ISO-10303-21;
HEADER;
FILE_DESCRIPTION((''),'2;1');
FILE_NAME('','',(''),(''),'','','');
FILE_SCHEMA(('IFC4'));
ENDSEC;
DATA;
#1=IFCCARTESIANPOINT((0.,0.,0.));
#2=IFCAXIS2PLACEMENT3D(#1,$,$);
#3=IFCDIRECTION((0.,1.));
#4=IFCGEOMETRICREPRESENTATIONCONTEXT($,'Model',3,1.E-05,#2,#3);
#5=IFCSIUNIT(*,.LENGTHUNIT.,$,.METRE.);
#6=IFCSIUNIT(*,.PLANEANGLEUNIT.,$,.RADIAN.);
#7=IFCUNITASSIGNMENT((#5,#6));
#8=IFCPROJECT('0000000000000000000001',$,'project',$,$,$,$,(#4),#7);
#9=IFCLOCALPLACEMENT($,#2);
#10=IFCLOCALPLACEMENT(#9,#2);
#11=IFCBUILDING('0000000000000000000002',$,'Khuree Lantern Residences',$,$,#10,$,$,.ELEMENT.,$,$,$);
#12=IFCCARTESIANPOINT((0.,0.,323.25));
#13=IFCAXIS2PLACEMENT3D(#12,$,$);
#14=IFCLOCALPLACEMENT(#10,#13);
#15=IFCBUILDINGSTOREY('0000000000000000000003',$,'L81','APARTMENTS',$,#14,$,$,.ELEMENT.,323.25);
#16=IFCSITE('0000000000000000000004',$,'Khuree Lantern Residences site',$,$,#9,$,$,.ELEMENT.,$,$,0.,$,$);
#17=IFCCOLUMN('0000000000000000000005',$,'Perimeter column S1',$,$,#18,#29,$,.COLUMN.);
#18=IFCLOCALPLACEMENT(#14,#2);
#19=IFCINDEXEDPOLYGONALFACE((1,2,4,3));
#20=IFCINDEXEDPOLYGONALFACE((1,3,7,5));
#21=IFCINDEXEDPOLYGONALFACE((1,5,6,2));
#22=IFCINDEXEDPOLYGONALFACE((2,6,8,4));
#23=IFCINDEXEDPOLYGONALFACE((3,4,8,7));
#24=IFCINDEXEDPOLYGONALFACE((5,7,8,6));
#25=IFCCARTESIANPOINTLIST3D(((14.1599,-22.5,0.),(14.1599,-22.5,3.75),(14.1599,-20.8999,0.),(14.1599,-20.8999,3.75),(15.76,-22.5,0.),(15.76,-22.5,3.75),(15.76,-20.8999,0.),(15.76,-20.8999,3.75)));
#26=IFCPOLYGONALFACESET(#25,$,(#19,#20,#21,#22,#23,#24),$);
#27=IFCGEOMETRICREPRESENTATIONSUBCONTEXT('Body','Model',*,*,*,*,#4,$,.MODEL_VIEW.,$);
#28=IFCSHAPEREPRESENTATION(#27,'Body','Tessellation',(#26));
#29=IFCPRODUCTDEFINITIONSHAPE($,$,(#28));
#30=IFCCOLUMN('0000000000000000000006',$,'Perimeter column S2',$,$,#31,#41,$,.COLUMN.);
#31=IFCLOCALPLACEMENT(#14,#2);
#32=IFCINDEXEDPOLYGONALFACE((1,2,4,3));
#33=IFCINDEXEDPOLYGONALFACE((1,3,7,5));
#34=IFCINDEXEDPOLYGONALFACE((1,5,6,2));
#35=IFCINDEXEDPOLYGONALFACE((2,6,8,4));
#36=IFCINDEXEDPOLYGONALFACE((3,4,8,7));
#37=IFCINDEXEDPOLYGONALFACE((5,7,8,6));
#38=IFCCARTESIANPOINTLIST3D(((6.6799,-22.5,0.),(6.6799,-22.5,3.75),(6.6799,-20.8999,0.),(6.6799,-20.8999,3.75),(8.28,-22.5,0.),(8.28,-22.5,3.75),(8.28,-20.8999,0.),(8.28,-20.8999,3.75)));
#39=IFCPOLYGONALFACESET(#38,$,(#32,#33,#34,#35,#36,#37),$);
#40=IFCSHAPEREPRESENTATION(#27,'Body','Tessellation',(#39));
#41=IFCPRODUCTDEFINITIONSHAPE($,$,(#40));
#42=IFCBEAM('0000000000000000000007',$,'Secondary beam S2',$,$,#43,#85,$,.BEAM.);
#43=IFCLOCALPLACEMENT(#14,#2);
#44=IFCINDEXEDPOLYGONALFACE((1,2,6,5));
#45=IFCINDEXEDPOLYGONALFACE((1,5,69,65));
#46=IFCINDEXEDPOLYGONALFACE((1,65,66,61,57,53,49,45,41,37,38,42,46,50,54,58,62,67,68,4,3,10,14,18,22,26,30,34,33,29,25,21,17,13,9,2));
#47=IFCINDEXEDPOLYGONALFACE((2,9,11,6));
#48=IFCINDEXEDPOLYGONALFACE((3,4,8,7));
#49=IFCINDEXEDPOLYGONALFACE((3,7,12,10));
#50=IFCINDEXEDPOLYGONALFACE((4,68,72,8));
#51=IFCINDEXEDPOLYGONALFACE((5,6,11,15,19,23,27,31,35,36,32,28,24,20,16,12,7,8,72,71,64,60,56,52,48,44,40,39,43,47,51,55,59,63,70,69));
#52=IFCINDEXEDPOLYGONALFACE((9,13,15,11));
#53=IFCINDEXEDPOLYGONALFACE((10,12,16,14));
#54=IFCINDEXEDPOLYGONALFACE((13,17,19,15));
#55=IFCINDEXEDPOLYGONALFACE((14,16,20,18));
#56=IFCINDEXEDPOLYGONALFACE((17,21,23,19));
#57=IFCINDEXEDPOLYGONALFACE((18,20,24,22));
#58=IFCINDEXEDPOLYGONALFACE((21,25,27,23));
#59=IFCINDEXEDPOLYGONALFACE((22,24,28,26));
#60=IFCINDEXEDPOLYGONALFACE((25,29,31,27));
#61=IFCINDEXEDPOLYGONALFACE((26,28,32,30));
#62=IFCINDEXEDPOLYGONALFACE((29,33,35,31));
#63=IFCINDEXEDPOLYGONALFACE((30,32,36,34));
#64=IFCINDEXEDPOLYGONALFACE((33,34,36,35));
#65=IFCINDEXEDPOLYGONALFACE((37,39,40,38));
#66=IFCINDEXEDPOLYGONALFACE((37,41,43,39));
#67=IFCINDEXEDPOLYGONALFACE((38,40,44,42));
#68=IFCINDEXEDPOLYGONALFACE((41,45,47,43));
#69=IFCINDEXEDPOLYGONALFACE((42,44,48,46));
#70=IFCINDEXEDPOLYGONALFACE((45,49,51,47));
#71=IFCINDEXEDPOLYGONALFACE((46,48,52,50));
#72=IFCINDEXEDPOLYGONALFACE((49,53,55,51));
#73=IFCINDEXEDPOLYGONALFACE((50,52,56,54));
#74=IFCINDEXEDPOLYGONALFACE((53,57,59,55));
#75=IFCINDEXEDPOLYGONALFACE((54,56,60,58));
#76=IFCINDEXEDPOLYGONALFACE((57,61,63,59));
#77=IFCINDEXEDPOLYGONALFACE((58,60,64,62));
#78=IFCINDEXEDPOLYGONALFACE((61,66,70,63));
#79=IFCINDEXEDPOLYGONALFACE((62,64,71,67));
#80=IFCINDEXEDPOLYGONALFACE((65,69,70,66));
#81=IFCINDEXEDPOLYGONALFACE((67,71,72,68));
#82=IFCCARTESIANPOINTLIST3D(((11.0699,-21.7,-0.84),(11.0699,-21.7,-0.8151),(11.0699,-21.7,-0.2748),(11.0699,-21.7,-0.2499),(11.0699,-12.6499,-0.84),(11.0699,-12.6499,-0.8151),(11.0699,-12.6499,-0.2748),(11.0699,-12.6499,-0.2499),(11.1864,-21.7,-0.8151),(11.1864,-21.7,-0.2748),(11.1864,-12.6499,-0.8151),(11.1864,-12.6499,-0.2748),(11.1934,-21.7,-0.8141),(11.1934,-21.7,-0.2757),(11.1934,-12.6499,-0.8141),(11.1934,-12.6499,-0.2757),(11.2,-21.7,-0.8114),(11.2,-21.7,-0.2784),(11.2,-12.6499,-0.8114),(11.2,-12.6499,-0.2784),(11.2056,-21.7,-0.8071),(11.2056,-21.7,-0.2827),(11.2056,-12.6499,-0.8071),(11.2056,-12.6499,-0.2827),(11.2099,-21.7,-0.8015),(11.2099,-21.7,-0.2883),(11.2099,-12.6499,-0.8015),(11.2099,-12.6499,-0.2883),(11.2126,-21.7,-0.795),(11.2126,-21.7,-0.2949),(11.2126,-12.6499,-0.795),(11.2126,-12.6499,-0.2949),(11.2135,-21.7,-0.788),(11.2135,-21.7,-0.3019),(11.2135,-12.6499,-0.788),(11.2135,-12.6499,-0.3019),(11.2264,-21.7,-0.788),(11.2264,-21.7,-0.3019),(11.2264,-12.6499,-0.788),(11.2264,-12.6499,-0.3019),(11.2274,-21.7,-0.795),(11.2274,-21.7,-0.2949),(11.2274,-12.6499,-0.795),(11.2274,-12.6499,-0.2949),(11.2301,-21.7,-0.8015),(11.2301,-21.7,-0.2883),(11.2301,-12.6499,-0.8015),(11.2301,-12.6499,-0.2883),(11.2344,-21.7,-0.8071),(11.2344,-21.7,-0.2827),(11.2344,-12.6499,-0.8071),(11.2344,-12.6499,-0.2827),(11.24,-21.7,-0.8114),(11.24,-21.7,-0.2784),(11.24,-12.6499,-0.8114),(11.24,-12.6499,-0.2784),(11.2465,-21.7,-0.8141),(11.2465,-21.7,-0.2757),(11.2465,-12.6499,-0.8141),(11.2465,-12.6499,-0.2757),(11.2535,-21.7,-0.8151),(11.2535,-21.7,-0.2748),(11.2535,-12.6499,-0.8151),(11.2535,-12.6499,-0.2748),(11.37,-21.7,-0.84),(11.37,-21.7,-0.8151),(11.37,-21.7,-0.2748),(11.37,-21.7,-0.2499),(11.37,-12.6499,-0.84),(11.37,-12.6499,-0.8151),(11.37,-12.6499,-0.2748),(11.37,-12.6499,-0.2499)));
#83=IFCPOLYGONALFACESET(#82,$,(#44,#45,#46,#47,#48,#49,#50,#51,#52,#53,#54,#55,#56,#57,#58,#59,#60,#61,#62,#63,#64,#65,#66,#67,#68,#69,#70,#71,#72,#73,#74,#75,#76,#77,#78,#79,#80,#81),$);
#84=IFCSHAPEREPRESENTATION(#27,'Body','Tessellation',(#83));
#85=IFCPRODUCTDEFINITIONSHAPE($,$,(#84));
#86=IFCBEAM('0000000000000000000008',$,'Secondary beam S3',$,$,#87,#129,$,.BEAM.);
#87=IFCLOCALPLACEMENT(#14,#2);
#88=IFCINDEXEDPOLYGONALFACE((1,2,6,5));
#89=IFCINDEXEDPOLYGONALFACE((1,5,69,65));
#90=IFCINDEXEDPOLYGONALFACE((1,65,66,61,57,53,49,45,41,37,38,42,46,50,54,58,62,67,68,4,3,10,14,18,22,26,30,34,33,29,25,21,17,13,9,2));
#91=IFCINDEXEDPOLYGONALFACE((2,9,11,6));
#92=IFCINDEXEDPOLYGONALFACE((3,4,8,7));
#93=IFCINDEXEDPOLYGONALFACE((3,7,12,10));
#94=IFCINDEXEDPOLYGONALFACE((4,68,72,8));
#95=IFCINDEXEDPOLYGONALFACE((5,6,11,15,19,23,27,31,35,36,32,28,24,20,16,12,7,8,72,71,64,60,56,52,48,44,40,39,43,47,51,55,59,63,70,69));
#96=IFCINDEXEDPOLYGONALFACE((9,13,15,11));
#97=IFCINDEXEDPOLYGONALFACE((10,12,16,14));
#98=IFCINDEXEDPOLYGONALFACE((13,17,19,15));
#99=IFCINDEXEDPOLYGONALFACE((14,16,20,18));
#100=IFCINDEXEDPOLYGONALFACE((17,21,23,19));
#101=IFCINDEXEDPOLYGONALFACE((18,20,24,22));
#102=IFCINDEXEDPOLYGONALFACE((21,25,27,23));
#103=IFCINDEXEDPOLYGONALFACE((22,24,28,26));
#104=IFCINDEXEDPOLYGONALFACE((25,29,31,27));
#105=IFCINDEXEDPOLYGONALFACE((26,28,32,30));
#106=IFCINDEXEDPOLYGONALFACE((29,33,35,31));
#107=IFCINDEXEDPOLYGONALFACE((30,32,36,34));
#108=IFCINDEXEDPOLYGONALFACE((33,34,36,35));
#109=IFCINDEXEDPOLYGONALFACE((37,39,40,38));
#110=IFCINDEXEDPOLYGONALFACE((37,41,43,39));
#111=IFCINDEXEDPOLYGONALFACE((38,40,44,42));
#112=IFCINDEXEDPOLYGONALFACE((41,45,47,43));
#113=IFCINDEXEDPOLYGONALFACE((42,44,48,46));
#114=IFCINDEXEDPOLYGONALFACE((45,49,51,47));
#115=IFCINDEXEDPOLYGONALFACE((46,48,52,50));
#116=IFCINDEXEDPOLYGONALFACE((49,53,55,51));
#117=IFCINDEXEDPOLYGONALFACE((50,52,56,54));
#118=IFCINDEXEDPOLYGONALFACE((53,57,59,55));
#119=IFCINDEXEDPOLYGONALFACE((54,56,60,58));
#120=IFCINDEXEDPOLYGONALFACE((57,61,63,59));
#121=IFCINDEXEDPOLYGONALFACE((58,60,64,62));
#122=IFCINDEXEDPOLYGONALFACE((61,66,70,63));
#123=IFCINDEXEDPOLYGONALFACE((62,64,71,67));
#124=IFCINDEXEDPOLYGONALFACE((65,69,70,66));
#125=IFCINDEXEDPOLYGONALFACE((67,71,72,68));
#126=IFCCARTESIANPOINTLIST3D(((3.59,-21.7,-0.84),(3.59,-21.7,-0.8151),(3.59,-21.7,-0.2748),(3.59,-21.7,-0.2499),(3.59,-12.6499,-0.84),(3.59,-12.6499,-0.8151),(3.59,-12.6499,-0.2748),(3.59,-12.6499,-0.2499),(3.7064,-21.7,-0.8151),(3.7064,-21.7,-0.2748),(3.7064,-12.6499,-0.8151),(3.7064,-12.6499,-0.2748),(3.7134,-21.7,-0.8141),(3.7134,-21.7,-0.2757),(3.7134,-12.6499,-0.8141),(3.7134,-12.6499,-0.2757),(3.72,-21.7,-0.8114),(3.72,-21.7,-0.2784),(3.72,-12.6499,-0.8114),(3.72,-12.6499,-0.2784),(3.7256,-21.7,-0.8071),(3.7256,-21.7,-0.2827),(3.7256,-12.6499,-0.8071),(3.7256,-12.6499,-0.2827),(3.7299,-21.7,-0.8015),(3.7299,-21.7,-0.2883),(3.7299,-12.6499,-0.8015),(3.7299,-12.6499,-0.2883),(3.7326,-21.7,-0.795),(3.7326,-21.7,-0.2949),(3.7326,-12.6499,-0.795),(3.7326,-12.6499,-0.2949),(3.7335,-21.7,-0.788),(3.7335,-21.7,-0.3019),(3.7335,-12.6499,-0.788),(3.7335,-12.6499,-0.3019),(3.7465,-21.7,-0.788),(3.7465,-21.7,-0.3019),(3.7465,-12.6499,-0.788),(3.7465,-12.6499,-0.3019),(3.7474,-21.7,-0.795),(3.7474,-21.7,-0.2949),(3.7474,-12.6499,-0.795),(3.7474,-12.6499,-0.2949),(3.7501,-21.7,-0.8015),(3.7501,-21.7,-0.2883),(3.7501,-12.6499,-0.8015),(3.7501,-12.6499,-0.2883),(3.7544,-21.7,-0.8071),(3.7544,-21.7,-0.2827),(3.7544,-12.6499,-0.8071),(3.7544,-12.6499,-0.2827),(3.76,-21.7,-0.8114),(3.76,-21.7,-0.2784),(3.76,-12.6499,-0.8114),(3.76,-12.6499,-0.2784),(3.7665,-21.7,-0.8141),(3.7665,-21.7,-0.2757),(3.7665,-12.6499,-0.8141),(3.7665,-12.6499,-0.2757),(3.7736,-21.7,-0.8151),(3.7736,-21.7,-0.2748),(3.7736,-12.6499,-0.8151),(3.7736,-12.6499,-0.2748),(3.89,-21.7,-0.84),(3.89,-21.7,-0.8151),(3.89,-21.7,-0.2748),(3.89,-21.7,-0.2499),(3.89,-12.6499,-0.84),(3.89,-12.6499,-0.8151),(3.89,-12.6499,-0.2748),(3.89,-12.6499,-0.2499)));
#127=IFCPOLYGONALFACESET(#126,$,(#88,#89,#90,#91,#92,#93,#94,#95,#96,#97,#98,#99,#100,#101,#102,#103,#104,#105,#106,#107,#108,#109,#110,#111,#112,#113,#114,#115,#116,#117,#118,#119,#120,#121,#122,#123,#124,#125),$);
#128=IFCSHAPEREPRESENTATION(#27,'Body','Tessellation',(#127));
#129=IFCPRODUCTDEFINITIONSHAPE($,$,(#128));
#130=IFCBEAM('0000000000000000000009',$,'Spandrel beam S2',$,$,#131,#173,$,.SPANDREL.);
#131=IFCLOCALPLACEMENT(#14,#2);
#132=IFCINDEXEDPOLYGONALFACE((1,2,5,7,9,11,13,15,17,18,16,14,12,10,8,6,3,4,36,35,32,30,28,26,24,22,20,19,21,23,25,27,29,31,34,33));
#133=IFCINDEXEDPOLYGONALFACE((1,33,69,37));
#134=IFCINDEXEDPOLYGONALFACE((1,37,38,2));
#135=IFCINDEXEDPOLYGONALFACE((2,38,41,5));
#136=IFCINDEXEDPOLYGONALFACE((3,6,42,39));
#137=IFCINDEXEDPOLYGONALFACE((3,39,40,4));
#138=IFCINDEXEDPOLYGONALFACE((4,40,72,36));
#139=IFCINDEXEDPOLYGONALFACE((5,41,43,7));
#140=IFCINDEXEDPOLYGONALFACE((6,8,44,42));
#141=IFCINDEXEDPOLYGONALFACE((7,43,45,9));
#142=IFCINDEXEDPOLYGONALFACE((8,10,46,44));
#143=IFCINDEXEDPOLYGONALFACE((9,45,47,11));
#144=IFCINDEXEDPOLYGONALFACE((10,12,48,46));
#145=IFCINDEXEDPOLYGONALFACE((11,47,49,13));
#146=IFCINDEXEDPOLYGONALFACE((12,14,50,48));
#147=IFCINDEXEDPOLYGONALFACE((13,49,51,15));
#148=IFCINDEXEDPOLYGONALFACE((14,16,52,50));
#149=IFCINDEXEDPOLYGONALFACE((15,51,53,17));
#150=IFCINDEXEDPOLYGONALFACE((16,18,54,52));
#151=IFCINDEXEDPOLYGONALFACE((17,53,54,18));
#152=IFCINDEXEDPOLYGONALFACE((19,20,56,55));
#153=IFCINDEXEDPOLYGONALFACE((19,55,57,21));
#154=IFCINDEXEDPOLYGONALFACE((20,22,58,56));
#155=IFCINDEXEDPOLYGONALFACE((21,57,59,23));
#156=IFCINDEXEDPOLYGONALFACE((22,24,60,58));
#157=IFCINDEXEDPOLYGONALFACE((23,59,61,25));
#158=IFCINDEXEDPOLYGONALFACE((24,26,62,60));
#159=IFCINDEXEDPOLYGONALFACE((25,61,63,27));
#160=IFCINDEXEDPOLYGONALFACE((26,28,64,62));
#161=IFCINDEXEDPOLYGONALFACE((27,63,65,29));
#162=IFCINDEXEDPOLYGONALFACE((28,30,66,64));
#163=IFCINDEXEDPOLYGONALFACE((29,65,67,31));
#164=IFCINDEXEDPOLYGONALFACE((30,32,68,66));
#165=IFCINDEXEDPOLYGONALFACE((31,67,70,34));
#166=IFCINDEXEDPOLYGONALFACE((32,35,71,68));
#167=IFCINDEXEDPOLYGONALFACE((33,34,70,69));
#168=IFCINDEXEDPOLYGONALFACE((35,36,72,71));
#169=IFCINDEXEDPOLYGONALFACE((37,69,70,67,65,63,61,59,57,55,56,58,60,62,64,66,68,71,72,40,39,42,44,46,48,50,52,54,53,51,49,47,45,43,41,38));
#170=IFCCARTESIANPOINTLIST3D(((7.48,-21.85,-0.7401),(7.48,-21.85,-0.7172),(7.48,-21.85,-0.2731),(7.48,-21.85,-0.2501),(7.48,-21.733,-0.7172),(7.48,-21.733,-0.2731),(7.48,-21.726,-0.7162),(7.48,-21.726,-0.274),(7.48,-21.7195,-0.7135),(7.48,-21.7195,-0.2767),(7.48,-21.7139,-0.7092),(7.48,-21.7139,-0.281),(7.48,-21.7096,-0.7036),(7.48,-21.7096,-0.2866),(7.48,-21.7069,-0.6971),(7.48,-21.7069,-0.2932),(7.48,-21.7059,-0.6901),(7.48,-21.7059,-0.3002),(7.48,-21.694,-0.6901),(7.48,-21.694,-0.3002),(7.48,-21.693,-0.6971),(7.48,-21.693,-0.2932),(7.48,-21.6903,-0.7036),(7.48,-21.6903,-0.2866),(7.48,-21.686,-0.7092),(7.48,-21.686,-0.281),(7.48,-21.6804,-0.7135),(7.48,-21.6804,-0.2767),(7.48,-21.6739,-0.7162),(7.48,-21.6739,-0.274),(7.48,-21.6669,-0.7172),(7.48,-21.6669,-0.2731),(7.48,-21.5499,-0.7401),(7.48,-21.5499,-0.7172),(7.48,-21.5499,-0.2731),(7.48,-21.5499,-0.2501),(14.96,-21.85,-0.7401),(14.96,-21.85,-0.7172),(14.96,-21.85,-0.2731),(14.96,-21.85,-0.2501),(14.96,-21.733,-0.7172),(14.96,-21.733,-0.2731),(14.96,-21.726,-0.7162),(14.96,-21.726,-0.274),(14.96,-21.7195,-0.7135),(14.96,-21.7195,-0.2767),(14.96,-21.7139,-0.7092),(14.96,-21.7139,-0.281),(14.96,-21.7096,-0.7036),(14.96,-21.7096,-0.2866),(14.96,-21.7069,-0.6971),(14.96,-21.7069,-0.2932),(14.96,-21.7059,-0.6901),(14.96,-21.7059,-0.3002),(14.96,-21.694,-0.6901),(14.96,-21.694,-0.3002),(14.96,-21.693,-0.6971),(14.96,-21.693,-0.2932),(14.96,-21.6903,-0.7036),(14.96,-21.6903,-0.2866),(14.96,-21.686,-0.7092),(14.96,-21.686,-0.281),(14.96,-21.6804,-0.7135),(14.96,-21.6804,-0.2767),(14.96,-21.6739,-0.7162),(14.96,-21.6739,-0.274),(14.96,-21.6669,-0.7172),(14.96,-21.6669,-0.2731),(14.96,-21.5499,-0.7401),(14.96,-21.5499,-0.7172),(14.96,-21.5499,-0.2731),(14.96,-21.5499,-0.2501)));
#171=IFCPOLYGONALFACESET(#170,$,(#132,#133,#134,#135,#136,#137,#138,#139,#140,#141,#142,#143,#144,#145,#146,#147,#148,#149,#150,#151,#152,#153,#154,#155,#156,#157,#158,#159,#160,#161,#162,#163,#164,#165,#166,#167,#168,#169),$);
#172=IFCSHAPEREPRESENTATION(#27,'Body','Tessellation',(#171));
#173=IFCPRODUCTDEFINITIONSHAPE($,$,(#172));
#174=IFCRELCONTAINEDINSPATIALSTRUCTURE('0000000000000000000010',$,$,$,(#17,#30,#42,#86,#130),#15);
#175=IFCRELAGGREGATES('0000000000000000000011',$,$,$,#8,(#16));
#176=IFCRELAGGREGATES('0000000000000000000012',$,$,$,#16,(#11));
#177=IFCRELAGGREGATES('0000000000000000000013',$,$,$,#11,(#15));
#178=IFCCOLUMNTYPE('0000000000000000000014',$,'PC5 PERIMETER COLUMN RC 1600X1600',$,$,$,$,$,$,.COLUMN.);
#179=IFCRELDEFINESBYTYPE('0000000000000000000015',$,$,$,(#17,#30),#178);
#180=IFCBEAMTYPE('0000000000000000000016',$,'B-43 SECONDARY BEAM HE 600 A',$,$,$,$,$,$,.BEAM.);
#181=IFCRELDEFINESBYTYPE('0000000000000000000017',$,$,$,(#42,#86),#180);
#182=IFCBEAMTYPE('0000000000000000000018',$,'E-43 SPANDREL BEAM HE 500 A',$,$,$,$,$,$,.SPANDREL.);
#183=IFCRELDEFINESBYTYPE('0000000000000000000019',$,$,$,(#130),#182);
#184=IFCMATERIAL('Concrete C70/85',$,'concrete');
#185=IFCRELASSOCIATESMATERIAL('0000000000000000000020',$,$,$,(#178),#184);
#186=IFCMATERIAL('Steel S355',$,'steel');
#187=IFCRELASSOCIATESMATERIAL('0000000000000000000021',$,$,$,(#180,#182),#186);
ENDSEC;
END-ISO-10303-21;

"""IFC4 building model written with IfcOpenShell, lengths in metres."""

from ifc_helpers import new_model, si_unit, direction, frame, origin, origin_2d, place, context, subcontext, project, spatial, rectangle, i_section, extrude, material, material_profile, profile_set, type_object, element, save


model = new_model("IFC4")

# Units and contexts
model_context = context("Model", 3, precision=1e-05, world=origin(), true_north=direction((0.0, 1.0)))
body_context = subcontext(model_context, "Body", "Model", "MODEL_VIEW")
ifc_project = project(units=[si_unit("LENGTHUNIT", "METRE"), si_unit("PLANEANGLEUNIT", "RADIAN")], contexts=[model_context])

# Site, building, storey
site_placement = place(None, origin())
site = spatial("IfcSite", under=ifc_project, at=site_placement, Name="Khuree Lantern Residences site", CompositionType="ELEMENT", RefElevation=0.0)
building_placement = place(site_placement, origin())
building = spatial("IfcBuilding", under=site, at=building_placement, Name="Khuree Lantern Residences", CompositionType="ELEMENT")
storey_placement = place(building_placement, frame((0.0, 0.0, 323.25)))
storey = spatial("IfcBuildingStorey", under=building, at=storey_placement, Name="L81", Description="APARTMENTS", CompositionType="ELEMENT", Elevation=323.25)

# Columns
ifc_material_1 = material(Name="Concrete C70/85", Category="concrete")
ifc_material_profile_1 = material_profile(ifc_material_1, rectangle(XDim=1.6001, YDim=1.6001, at=origin_2d()), Name="RC 1600X1600")
ifc_profile_set_1 = profile_set([ifc_material_profile_1], Name="Concrete C70/85")
column_type = type_object("IfcColumnType", Name="PC5 PERIMETER COLUMN RC 1600X1600", PredefinedType="COLUMN", material=ifc_profile_set_1)
for number, where, z_axis, x_axis, name in (
    (1, (14.96, -21.7, 0.0), (0.0, 0.0, 1.0), (1.0, 0.0, 0.0), "Perimeter column S1"),
    (2, (7.48, -21.7, 0.0), (0.0, 0.0, 1.0), (1.0, 0.0, 0.0), "Perimeter column S2"),
):
    element("IfcColumn", number, at=place(storey_placement, frame(where, z_axis=z_axis, x_axis=x_axis)), inside=storey, type_object=column_type, Name=name, PredefinedType="COLUMN", context=body_context, shape_type="SweptSolid", body=[
        extrude(rectangle(XDim=1.6001, YDim=1.6001, at=origin_2d()), origin(), (0.0, 0.0, 1.0), 3.75),
    ])

# Beams
ifc_material_2 = material(Name="Steel S355", Category="steel")
ifc_material_profile_2 = material_profile(ifc_material_2, i_section(OverallWidth=0.3, OverallDepth=0.5901, WebThickness=0.0129, FlangeThickness=0.0249, FilletRadius=0.0271, at=origin_2d()), Name="HE 600 A")
ifc_profile_set_2 = profile_set([ifc_material_profile_2], Name="Steel S355")
beam_type_1 = type_object("IfcBeamType", Name="B-43 SECONDARY BEAM HE 600 A", PredefinedType="BEAM", material=ifc_profile_set_2)
for number, where, z_axis, x_axis, name in (
    (3, (11.22, -21.7, -0.5449), (0.0, 1.0, 0.0), (-1.0, 0.0, 0.0), "Secondary beam S2"),
    (4, (3.74, -21.7, -0.5449), (0.0, 1.0, 0.0), (-1.0, 0.0, 0.0), "Secondary beam S3"),
):
    element("IfcBeam", number, at=place(storey_placement, frame(where, z_axis=z_axis, x_axis=x_axis)), inside=storey, type_object=beam_type_1, Name=name, PredefinedType="BEAM", context=body_context, shape_type="SweptSolid", body=[
        extrude(i_section(OverallWidth=0.3, OverallDepth=0.5901, WebThickness=0.0129, FlangeThickness=0.0249, FilletRadius=0.0271, at=origin_2d()), origin(), (0.0, 0.0, 1.0), 9.05),
    ])
ifc_material_profile_3 = material_profile(ifc_material_2, i_section(OverallWidth=0.3, OverallDepth=0.49, WebThickness=0.012, FlangeThickness=0.0229, FilletRadius=0.0271, at=origin_2d()), Name="HE 500 A")
ifc_profile_set_3 = profile_set([ifc_material_profile_3], Name="Steel S355")
beam_type_2 = type_object("IfcBeamType", Name="E-43 SPANDREL BEAM HE 500 A", PredefinedType="SPANDREL", material=ifc_profile_set_3)
for number, where, z_axis, x_axis, name in (
    (5, (14.96, -21.7, -0.4951), (-1.0, 0.0, 0.0), (0.0, -1.0, 0.0), "Spandrel beam S2"),
):
    element("IfcBeam", number, at=place(storey_placement, frame(where, z_axis=z_axis, x_axis=x_axis)), inside=storey, type_object=beam_type_2, Name=name, PredefinedType="SPANDREL", context=body_context, shape_type="SweptSolid", body=[
        extrude(i_section(OverallWidth=0.3, OverallDepth=0.49, WebThickness=0.012, FlangeThickness=0.0229, FilletRadius=0.0271, at=origin_2d()), origin(), (0.0, 0.0, 1.0), 7.48),
    ])

save(model, "model.ifc")
